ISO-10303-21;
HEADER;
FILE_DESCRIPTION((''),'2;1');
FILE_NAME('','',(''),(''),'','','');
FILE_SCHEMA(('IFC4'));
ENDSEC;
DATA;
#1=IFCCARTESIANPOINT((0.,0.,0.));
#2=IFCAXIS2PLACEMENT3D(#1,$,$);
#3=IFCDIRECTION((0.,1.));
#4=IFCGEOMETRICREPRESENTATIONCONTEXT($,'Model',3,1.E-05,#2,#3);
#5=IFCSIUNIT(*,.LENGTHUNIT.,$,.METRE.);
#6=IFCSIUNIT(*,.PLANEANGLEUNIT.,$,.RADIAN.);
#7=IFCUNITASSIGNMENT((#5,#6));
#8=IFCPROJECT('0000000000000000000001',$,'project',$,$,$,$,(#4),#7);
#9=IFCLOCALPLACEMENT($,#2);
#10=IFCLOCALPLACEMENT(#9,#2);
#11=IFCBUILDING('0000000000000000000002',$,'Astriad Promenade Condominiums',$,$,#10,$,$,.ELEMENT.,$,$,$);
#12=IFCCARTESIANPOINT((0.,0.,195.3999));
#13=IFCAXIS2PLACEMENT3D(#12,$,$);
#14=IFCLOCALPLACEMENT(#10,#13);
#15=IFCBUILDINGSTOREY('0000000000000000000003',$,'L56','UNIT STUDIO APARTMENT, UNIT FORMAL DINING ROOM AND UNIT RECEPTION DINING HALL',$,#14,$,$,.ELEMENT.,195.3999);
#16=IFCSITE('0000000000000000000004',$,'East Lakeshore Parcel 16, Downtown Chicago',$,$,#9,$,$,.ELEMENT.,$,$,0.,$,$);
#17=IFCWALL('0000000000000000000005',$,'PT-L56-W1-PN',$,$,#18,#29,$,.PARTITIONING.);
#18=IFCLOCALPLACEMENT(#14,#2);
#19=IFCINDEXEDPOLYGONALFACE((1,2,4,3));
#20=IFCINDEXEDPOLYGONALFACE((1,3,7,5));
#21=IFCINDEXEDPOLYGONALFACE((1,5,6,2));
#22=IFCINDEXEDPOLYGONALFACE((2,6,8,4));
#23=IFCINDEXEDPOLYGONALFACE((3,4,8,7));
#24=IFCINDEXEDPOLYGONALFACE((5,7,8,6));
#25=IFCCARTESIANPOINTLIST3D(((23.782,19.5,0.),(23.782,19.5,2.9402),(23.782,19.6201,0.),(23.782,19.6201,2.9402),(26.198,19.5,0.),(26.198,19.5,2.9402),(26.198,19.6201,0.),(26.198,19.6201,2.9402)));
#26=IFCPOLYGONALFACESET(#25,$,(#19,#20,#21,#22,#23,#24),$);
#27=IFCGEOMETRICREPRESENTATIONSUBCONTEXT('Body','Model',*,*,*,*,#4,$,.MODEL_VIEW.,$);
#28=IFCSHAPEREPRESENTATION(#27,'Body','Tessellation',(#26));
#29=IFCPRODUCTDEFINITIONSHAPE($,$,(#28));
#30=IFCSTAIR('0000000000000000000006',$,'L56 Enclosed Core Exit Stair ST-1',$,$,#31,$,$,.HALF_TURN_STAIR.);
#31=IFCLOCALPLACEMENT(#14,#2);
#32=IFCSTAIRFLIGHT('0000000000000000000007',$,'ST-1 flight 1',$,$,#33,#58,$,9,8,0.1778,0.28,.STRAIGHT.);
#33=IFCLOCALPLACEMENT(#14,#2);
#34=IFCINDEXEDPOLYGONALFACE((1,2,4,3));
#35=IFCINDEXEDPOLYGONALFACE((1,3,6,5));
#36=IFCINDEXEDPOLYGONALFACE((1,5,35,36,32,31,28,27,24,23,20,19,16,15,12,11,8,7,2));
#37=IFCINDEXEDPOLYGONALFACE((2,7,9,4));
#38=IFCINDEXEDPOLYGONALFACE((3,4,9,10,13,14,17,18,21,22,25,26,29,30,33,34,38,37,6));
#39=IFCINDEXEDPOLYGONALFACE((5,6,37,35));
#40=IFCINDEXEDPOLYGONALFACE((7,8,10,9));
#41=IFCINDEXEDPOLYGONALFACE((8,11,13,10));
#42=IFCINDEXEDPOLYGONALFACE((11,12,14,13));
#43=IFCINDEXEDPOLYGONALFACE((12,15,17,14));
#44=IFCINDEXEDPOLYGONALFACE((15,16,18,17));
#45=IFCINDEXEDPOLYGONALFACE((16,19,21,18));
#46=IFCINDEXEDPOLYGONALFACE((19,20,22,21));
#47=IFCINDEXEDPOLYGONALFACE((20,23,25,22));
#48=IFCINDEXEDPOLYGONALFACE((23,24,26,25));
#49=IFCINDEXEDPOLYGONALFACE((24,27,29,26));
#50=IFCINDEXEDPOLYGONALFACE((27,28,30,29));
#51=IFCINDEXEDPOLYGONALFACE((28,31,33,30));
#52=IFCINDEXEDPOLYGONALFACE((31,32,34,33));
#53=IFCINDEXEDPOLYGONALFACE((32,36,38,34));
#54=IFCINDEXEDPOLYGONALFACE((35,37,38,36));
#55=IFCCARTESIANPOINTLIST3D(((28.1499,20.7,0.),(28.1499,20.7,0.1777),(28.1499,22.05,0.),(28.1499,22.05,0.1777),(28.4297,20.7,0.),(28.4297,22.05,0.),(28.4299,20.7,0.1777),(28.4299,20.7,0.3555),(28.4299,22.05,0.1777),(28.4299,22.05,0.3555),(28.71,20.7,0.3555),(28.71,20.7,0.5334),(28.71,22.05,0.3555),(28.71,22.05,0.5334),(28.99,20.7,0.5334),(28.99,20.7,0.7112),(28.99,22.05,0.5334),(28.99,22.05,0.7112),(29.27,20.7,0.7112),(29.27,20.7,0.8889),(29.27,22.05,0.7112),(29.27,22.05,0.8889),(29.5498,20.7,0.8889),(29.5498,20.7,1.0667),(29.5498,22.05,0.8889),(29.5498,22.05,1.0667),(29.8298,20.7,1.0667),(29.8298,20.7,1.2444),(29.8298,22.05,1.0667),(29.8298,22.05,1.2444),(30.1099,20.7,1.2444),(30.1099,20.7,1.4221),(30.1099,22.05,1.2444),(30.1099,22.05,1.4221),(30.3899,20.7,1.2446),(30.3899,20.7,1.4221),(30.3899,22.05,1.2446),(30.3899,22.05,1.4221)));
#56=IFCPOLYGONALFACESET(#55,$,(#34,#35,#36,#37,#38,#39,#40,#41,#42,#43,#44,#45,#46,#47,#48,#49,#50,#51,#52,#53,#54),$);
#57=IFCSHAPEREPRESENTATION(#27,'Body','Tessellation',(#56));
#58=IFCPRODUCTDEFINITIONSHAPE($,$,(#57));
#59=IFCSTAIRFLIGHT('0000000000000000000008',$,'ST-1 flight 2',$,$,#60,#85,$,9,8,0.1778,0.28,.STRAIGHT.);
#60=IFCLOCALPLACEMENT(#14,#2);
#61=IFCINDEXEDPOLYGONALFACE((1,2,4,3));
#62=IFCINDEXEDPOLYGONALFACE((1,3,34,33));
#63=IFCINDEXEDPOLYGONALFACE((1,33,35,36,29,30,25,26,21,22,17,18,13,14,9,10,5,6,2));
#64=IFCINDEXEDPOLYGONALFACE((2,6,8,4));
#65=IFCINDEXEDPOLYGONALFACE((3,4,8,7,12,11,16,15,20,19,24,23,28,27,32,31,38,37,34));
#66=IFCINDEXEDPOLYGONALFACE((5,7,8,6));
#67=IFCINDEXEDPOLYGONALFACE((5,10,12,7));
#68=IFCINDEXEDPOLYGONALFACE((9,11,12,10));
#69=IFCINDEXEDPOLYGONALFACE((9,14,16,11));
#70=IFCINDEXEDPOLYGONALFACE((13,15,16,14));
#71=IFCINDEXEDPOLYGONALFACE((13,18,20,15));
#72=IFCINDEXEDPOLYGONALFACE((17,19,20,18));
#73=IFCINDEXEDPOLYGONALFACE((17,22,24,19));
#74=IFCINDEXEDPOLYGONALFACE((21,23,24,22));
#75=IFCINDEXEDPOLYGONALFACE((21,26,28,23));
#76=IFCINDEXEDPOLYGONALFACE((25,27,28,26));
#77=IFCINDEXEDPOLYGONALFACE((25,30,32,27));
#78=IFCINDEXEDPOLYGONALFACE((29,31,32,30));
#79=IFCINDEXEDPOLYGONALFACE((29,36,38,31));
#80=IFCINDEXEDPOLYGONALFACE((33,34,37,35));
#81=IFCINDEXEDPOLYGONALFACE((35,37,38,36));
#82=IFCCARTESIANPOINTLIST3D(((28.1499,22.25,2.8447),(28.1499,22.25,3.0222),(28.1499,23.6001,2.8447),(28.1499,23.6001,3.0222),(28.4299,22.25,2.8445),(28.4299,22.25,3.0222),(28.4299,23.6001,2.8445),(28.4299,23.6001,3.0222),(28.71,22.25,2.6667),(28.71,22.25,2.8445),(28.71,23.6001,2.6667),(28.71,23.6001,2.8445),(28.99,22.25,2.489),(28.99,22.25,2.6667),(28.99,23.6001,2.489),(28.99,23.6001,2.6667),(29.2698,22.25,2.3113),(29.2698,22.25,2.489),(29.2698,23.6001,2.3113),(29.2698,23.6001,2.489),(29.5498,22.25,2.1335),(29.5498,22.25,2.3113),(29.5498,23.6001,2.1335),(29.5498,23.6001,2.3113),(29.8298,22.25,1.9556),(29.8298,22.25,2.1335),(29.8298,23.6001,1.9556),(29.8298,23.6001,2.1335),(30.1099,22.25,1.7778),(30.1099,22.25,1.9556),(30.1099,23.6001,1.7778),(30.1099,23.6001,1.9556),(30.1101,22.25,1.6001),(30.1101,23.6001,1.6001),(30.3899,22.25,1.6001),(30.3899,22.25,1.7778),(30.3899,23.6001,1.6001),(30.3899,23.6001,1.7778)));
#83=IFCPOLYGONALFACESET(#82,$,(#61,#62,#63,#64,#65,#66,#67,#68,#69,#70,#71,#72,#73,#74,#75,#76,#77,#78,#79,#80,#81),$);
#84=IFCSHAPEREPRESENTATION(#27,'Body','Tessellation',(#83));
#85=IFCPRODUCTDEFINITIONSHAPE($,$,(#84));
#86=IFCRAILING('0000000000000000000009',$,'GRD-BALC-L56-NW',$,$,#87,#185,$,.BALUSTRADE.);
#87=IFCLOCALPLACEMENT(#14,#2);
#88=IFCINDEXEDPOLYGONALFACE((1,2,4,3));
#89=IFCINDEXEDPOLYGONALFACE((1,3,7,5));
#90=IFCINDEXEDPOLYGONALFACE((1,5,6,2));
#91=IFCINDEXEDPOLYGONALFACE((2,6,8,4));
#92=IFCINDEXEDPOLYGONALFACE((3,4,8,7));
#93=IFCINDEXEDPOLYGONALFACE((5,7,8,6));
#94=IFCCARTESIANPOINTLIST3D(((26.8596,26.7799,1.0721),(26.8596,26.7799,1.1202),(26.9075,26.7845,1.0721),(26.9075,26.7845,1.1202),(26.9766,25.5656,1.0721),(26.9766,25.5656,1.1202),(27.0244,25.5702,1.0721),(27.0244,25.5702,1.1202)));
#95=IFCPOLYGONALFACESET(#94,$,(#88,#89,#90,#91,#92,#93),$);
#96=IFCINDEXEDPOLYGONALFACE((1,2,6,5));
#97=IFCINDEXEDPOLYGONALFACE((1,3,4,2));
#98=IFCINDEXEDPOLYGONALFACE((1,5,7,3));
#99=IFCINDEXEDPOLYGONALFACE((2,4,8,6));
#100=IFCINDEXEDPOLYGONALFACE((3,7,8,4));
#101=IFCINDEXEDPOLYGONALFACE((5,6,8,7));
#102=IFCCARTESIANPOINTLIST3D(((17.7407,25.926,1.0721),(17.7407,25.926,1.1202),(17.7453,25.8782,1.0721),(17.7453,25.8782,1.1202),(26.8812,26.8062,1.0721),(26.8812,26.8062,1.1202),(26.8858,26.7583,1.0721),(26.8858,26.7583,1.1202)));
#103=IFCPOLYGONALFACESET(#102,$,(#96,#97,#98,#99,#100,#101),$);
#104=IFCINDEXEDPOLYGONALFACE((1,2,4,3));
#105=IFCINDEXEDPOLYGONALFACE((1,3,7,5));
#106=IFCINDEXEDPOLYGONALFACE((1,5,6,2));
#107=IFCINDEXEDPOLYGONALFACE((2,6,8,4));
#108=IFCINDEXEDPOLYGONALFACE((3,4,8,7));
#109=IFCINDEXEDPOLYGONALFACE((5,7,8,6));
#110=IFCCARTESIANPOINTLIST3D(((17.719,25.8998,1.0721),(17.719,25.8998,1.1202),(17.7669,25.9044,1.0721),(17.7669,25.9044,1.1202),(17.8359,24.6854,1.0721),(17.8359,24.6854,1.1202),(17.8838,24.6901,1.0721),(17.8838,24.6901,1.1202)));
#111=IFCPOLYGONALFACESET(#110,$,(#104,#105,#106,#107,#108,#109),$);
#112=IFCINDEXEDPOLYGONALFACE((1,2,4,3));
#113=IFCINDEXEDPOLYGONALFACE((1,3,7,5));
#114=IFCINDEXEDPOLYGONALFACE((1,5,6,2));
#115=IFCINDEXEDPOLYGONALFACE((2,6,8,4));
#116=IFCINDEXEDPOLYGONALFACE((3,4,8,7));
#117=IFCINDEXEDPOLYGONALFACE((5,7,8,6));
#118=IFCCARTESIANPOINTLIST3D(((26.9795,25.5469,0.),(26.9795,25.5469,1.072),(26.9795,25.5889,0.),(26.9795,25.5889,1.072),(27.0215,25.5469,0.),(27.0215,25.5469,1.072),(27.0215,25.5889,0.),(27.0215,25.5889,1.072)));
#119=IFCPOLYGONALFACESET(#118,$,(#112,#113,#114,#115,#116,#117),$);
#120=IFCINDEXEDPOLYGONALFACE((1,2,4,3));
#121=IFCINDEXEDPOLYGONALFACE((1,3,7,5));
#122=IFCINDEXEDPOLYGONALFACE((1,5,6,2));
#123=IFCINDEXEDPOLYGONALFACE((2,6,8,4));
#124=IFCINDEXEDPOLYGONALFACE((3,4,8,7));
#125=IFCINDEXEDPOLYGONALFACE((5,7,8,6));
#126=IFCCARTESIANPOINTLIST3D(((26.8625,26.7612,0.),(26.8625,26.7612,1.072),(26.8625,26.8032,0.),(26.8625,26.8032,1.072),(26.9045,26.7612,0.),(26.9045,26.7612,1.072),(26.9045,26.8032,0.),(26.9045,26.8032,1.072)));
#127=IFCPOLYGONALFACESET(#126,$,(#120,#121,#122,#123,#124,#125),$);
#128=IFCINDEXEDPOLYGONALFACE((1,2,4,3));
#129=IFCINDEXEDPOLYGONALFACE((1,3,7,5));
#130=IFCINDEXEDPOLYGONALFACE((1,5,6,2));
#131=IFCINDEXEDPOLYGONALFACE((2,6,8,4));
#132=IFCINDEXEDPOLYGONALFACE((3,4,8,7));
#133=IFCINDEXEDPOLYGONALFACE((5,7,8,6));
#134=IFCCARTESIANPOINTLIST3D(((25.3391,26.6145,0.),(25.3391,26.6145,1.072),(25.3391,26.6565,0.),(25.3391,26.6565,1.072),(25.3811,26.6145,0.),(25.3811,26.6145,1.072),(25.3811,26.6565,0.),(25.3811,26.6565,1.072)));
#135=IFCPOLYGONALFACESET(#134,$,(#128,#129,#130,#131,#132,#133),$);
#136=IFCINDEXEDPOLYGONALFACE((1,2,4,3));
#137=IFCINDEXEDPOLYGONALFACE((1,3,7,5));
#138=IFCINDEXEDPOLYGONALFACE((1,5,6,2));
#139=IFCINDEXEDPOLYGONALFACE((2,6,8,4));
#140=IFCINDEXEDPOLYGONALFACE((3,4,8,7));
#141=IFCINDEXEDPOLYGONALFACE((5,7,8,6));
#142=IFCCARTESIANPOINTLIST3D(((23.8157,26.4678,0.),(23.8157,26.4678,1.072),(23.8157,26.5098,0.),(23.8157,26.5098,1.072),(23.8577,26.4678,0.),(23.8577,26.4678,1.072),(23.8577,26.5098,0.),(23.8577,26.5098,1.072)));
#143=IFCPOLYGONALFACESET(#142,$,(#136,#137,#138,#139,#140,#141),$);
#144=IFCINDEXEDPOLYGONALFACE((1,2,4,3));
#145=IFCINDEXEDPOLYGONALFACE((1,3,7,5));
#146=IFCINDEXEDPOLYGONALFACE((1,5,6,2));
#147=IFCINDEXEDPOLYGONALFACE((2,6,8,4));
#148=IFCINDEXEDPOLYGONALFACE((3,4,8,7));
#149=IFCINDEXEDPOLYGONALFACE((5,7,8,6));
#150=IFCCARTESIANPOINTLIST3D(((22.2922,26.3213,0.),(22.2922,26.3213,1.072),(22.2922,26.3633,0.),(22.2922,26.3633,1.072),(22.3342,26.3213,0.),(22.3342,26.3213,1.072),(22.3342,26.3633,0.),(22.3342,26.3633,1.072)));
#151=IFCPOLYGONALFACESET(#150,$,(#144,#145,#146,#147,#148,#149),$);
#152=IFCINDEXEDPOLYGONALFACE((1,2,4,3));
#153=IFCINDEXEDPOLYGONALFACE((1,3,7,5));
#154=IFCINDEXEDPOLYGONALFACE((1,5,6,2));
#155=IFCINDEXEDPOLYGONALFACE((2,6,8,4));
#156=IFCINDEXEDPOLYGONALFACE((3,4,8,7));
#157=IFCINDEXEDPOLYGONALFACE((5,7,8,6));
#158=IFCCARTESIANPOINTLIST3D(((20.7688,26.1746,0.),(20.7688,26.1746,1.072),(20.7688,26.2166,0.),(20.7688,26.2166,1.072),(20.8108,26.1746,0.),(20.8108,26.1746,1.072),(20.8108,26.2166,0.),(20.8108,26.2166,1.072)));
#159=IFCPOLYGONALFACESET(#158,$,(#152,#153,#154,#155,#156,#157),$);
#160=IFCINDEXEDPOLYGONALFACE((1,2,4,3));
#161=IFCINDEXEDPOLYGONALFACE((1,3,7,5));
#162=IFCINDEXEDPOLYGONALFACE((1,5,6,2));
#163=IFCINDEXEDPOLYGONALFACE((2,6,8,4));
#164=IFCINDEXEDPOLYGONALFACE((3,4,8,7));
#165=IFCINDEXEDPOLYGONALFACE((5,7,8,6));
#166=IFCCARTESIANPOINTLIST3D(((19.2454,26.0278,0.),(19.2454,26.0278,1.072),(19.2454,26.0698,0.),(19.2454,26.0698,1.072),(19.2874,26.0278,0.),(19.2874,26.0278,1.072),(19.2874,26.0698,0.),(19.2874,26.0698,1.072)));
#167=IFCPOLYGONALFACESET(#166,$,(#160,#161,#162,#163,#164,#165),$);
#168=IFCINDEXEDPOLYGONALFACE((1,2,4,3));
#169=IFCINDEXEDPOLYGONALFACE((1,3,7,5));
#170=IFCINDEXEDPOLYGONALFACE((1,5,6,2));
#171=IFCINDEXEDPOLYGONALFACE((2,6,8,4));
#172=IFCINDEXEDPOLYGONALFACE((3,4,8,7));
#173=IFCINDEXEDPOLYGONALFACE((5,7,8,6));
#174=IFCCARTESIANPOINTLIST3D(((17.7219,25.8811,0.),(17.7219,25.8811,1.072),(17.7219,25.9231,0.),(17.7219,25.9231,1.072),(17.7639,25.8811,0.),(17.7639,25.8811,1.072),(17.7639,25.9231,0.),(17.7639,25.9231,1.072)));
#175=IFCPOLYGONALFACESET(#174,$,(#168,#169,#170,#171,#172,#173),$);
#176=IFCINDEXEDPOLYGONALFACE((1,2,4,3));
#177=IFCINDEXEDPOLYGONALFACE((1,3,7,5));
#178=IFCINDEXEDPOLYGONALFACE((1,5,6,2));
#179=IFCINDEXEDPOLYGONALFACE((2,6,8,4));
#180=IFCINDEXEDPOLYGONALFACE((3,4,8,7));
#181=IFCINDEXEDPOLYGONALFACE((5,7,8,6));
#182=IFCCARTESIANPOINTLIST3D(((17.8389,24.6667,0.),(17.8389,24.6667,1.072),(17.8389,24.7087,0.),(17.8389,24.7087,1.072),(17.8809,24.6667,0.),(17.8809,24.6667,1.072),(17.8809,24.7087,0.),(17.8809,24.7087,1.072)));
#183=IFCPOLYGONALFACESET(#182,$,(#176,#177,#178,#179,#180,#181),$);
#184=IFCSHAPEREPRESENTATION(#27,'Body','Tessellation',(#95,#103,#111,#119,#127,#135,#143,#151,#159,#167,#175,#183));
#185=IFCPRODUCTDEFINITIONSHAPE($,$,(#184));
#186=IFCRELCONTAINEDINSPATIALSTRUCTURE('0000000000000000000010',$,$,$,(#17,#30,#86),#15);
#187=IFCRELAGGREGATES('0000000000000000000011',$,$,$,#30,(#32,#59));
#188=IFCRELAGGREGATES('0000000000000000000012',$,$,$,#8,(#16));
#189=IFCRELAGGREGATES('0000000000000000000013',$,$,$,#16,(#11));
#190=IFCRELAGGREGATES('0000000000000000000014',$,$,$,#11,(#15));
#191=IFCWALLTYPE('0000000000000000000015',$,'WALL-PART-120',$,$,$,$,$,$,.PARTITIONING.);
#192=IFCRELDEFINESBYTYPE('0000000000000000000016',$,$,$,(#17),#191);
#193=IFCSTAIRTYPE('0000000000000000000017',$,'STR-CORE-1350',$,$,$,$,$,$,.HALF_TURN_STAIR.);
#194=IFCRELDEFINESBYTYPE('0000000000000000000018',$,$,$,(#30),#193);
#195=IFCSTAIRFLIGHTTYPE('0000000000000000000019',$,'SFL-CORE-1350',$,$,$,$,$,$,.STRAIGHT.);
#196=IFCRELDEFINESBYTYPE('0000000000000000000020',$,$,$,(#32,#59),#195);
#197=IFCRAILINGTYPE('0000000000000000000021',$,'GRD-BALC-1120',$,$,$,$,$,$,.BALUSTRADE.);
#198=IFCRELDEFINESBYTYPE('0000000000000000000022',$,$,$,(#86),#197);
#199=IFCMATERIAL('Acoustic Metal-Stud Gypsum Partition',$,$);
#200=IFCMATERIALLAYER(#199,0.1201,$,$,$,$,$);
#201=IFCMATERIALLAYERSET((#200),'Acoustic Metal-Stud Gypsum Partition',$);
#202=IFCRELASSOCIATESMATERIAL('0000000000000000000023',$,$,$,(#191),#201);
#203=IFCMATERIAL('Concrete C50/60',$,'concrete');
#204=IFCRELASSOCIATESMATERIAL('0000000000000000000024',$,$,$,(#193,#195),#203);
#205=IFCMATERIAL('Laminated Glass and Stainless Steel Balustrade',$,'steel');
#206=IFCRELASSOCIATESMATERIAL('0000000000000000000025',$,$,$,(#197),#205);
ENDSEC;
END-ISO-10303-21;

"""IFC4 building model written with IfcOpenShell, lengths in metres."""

from ifc_helpers import new_model, si_unit, direction, frame, frame_2d, origin, origin_2d, place, context, subcontext, project, spatial, polyline, rectangle, outline, extrude, source, transform, mapped, material, layer, layer_set, type_object, type_shapes, element, aggregate, save


model = new_model("IFC4")

# Units and contexts
model_context = context("Model", 3, precision=1e-05, world=origin(), true_north=direction((0.0, 1.0)))
body_context = subcontext(model_context, "Body", "Model", "MODEL_VIEW")
ifc_project = project(units=[si_unit("LENGTHUNIT", "METRE"), si_unit("PLANEANGLEUNIT", "RADIAN")], contexts=[model_context])

# Site, building, storey
site_placement = place(None, origin())
site = spatial("IfcSite", under=ifc_project, at=site_placement, Name="East Lakeshore Parcel 16, Downtown Chicago", CompositionType="ELEMENT", RefElevation=0.0)
building_placement = place(site_placement, origin())
building = spatial("IfcBuilding", under=site, at=building_placement, Name="Astriad Promenade Condominiums", CompositionType="ELEMENT")
storey_placement = place(building_placement, frame((0.0, 0.0, 195.3999)))
storey = spatial("IfcBuildingStorey", under=building, at=storey_placement, Name="L56", Description="UNIT STUDIO APARTMENT, UNIT FORMAL DINING ROOM AND UNIT RECEPTION DINING HALL", CompositionType="ELEMENT", Elevation=195.3999)

# Shared definitions
ifc_material_1 = material(Name="Concrete C50/60", Category="concrete")

# Wall
ifc_material_2 = material(Name="Acoustic Metal-Stud Gypsum Partition")
ifc_layer_1 = layer(ifc_material_2, 0.1201)
ifc_layer_set_1 = layer_set([ifc_layer_1], Name="Acoustic Metal-Stud Gypsum Partition")
wall_type_1 = type_object("IfcWallType", Name="WALL-PART-120", PredefinedType="PARTITIONING", material=ifc_layer_set_1)
wall_1_placement = place(storey_placement, frame((23.782, 19.5601, 0.0), z_axis=(0.0, 0.0, 1.0), x_axis=(1.0, 0.0, 0.0)))
element("IfcWall", 1, at=wall_1_placement, inside=storey, type_object=wall_type_1, Name="PT-L56-W1-PN", PredefinedType="PARTITIONING", context=body_context, shape_type="SweptSolid", body=[
    extrude(rectangle(XDim=2.416, YDim=0.1201, at=frame_2d((1.208, 0.0))), origin(), (0.0, 0.0, 1.0), 2.9402),
])

# Stair, stair flights
stair_type = type_object("IfcStairType", Name="STR-CORE-1350", PredefinedType="HALF_TURN_STAIR", material=ifc_material_1)
stair_placement = place(storey_placement, origin())
stair = element("IfcStair", 2, at=stair_placement, inside=storey, type_object=stair_type, Name="L56 Enclosed Core Exit Stair ST-1", PredefinedType="HALF_TURN_STAIR")
stair_flight_type = type_object("IfcStairFlightType", Name="SFL-CORE-1350", PredefinedType="STRAIGHT", material=ifc_material_1)
shared_shape_1 = source(origin(), body_context, "Body", "SweptSolid", [
    extrude(outline(polyline([(0.0, 0.0), (0.0, 0.1777), (0.28, 0.1777), (0.28, 0.3555), (0.5601, 0.3555), (0.5601, 0.5334), (0.8401, 0.5334), (0.8401, 0.7112), (1.1201, 0.7112), (1.1201, 0.8889), (1.3999, 0.8889), (1.3999, 1.0667), (1.6799, 1.0667), (1.6799, 1.2444), (1.96, 1.2444), (1.96, 1.4221), (2.24, 1.4221), (2.24, 1.6001), (2.24, 1.2446), (0.2798, 0.0), (0.0, 0.0)])), frame((0.0, 0.675, 0.0), z_axis=(0.0, -1.0, 0.0), x_axis=(1.0, 0.0, 0.0)), (0.0, 0.0, 1.0), 1.3501),
])
type_shapes(stair_flight_type, [shared_shape_1])
stair_flight_1_placement = place(storey_placement, frame((28.1499, 21.375, 0.0), z_axis=(0.0, 0.0, 1.0), x_axis=(1.0, 0.0, 0.0)))
stair_flight_1 = element("IfcStairFlight", 3, at=stair_flight_1_placement, type_object=stair_flight_type, Name="ST-1 flight 1", NumberOfRisers=9, NumberOfTreads=8, PredefinedType="STRAIGHT", RiserHeight=0.1778, TreadLength=0.28, context=body_context, shape_type="MappedRepresentation", body=[
    mapped(shared_shape_1, transform((0.0, 0.0, 0.0), scale=1.0)),
])
stair_flight_2_placement = place(storey_placement, frame((30.3899, 22.925, 1.6001), z_axis=(0.0, 0.0, 1.0), x_axis=(-1.0, 0.0, 0.0)))
stair_flight_2 = element("IfcStairFlight", 4, at=stair_flight_2_placement, type_object=stair_flight_type, Name="ST-1 flight 2", NumberOfRisers=9, NumberOfTreads=8, PredefinedType="STRAIGHT", RiserHeight=0.1778, TreadLength=0.28, context=body_context, shape_type="MappedRepresentation", body=[
    mapped(shared_shape_1, transform((0.0, 0.0, 0.0), scale=1.0)),
])
aggregate(stair, [stair_flight_1, stair_flight_2])

# Railing
ifc_material_3 = material(Name="Laminated Glass and Stainless Steel Balustrade", Category="steel")
railing_type_1 = type_object("IfcRailingType", Name="GRD-BALC-1120", PredefinedType="BALUSTRADE", material=ifc_material_3)
shared_shape_2 = source(origin(), body_context, "Body", "SweptSolid", [
    extrude(rectangle(XDim=0.0481, YDim=0.0481, at=origin_2d()), frame((0.0, 0.0, 1.0962), z_axis=(-0.095857, 0.995395, 0.0), x_axis=(-0.995395, -0.095857, 0.0)), (0.0, 0.0, 1.0), 1.22),
    extrude(rectangle(XDim=0.0481, YDim=0.0481, at=origin_2d()), frame((-0.1169, 1.2144, 1.0962), z_axis=(-0.995396, -0.095844, 0.0), x_axis=(0.095844, -0.995396, 0.0)), (0.0, 0.0, 1.0), 9.1829),
    extrude(rectangle(XDim=0.0481, YDim=0.0481, at=origin_2d()), frame((-9.2576, 0.3342, 1.0962), z_axis=(0.095857, -0.995395, 0.0), x_axis=(0.995395, 0.095857, 0.0)), (0.0, 0.0, 1.0), 1.22),
    extrude(rectangle(XDim=0.042, YDim=0.042, at=origin_2d()), origin(), (0.0, 0.0, 1.0), 1.072),
    extrude(rectangle(XDim=0.042, YDim=0.042, at=origin_2d()), frame((-0.1169, 1.2144, 0.0)), (0.0, 0.0, 1.0), 1.072),
    extrude(rectangle(XDim=0.042, YDim=0.042, at=origin_2d()), frame((-1.6404, 1.0676, 0.0)), (0.0, 0.0, 1.0), 1.072),
    extrude(rectangle(XDim=0.042, YDim=0.042, at=origin_2d()), frame((-3.1638, 0.9209, 0.0)), (0.0, 0.0, 1.0), 1.072),
    extrude(rectangle(XDim=0.042, YDim=0.042, at=origin_2d()), frame((-4.6873, 0.7744, 0.0)), (0.0, 0.0, 1.0), 1.072),
    extrude(rectangle(XDim=0.042, YDim=0.042, at=origin_2d()), frame((-6.2107, 0.6277, 0.0)), (0.0, 0.0, 1.0), 1.072),
    extrude(rectangle(XDim=0.042, YDim=0.042, at=origin_2d()), frame((-7.7341, 0.481, 0.0)), (0.0, 0.0, 1.0), 1.072),
    extrude(rectangle(XDim=0.042, YDim=0.042, at=origin_2d()), frame((-9.2576, 0.3342, 0.0)), (0.0, 0.0, 1.0), 1.072),
    extrude(rectangle(XDim=0.042, YDim=0.042, at=origin_2d()), frame((-9.1406, -0.8801, 0.0)), (0.0, 0.0, 1.0), 1.072),
])
type_shapes(railing_type_1, [shared_shape_2])
railing_1_placement = place(storey_placement, frame((27.0005, 25.5679, 0.0)))
element("IfcRailing", 5, at=railing_1_placement, inside=storey, type_object=railing_type_1, Name="GRD-BALC-L56-NW", PredefinedType="BALUSTRADE", context=body_context, shape_type="MappedRepresentation", body=[
    mapped(shared_shape_2, transform((0.0, 0.0, 0.0), scale=1.0)),
])

save(model, "model.ifc")
